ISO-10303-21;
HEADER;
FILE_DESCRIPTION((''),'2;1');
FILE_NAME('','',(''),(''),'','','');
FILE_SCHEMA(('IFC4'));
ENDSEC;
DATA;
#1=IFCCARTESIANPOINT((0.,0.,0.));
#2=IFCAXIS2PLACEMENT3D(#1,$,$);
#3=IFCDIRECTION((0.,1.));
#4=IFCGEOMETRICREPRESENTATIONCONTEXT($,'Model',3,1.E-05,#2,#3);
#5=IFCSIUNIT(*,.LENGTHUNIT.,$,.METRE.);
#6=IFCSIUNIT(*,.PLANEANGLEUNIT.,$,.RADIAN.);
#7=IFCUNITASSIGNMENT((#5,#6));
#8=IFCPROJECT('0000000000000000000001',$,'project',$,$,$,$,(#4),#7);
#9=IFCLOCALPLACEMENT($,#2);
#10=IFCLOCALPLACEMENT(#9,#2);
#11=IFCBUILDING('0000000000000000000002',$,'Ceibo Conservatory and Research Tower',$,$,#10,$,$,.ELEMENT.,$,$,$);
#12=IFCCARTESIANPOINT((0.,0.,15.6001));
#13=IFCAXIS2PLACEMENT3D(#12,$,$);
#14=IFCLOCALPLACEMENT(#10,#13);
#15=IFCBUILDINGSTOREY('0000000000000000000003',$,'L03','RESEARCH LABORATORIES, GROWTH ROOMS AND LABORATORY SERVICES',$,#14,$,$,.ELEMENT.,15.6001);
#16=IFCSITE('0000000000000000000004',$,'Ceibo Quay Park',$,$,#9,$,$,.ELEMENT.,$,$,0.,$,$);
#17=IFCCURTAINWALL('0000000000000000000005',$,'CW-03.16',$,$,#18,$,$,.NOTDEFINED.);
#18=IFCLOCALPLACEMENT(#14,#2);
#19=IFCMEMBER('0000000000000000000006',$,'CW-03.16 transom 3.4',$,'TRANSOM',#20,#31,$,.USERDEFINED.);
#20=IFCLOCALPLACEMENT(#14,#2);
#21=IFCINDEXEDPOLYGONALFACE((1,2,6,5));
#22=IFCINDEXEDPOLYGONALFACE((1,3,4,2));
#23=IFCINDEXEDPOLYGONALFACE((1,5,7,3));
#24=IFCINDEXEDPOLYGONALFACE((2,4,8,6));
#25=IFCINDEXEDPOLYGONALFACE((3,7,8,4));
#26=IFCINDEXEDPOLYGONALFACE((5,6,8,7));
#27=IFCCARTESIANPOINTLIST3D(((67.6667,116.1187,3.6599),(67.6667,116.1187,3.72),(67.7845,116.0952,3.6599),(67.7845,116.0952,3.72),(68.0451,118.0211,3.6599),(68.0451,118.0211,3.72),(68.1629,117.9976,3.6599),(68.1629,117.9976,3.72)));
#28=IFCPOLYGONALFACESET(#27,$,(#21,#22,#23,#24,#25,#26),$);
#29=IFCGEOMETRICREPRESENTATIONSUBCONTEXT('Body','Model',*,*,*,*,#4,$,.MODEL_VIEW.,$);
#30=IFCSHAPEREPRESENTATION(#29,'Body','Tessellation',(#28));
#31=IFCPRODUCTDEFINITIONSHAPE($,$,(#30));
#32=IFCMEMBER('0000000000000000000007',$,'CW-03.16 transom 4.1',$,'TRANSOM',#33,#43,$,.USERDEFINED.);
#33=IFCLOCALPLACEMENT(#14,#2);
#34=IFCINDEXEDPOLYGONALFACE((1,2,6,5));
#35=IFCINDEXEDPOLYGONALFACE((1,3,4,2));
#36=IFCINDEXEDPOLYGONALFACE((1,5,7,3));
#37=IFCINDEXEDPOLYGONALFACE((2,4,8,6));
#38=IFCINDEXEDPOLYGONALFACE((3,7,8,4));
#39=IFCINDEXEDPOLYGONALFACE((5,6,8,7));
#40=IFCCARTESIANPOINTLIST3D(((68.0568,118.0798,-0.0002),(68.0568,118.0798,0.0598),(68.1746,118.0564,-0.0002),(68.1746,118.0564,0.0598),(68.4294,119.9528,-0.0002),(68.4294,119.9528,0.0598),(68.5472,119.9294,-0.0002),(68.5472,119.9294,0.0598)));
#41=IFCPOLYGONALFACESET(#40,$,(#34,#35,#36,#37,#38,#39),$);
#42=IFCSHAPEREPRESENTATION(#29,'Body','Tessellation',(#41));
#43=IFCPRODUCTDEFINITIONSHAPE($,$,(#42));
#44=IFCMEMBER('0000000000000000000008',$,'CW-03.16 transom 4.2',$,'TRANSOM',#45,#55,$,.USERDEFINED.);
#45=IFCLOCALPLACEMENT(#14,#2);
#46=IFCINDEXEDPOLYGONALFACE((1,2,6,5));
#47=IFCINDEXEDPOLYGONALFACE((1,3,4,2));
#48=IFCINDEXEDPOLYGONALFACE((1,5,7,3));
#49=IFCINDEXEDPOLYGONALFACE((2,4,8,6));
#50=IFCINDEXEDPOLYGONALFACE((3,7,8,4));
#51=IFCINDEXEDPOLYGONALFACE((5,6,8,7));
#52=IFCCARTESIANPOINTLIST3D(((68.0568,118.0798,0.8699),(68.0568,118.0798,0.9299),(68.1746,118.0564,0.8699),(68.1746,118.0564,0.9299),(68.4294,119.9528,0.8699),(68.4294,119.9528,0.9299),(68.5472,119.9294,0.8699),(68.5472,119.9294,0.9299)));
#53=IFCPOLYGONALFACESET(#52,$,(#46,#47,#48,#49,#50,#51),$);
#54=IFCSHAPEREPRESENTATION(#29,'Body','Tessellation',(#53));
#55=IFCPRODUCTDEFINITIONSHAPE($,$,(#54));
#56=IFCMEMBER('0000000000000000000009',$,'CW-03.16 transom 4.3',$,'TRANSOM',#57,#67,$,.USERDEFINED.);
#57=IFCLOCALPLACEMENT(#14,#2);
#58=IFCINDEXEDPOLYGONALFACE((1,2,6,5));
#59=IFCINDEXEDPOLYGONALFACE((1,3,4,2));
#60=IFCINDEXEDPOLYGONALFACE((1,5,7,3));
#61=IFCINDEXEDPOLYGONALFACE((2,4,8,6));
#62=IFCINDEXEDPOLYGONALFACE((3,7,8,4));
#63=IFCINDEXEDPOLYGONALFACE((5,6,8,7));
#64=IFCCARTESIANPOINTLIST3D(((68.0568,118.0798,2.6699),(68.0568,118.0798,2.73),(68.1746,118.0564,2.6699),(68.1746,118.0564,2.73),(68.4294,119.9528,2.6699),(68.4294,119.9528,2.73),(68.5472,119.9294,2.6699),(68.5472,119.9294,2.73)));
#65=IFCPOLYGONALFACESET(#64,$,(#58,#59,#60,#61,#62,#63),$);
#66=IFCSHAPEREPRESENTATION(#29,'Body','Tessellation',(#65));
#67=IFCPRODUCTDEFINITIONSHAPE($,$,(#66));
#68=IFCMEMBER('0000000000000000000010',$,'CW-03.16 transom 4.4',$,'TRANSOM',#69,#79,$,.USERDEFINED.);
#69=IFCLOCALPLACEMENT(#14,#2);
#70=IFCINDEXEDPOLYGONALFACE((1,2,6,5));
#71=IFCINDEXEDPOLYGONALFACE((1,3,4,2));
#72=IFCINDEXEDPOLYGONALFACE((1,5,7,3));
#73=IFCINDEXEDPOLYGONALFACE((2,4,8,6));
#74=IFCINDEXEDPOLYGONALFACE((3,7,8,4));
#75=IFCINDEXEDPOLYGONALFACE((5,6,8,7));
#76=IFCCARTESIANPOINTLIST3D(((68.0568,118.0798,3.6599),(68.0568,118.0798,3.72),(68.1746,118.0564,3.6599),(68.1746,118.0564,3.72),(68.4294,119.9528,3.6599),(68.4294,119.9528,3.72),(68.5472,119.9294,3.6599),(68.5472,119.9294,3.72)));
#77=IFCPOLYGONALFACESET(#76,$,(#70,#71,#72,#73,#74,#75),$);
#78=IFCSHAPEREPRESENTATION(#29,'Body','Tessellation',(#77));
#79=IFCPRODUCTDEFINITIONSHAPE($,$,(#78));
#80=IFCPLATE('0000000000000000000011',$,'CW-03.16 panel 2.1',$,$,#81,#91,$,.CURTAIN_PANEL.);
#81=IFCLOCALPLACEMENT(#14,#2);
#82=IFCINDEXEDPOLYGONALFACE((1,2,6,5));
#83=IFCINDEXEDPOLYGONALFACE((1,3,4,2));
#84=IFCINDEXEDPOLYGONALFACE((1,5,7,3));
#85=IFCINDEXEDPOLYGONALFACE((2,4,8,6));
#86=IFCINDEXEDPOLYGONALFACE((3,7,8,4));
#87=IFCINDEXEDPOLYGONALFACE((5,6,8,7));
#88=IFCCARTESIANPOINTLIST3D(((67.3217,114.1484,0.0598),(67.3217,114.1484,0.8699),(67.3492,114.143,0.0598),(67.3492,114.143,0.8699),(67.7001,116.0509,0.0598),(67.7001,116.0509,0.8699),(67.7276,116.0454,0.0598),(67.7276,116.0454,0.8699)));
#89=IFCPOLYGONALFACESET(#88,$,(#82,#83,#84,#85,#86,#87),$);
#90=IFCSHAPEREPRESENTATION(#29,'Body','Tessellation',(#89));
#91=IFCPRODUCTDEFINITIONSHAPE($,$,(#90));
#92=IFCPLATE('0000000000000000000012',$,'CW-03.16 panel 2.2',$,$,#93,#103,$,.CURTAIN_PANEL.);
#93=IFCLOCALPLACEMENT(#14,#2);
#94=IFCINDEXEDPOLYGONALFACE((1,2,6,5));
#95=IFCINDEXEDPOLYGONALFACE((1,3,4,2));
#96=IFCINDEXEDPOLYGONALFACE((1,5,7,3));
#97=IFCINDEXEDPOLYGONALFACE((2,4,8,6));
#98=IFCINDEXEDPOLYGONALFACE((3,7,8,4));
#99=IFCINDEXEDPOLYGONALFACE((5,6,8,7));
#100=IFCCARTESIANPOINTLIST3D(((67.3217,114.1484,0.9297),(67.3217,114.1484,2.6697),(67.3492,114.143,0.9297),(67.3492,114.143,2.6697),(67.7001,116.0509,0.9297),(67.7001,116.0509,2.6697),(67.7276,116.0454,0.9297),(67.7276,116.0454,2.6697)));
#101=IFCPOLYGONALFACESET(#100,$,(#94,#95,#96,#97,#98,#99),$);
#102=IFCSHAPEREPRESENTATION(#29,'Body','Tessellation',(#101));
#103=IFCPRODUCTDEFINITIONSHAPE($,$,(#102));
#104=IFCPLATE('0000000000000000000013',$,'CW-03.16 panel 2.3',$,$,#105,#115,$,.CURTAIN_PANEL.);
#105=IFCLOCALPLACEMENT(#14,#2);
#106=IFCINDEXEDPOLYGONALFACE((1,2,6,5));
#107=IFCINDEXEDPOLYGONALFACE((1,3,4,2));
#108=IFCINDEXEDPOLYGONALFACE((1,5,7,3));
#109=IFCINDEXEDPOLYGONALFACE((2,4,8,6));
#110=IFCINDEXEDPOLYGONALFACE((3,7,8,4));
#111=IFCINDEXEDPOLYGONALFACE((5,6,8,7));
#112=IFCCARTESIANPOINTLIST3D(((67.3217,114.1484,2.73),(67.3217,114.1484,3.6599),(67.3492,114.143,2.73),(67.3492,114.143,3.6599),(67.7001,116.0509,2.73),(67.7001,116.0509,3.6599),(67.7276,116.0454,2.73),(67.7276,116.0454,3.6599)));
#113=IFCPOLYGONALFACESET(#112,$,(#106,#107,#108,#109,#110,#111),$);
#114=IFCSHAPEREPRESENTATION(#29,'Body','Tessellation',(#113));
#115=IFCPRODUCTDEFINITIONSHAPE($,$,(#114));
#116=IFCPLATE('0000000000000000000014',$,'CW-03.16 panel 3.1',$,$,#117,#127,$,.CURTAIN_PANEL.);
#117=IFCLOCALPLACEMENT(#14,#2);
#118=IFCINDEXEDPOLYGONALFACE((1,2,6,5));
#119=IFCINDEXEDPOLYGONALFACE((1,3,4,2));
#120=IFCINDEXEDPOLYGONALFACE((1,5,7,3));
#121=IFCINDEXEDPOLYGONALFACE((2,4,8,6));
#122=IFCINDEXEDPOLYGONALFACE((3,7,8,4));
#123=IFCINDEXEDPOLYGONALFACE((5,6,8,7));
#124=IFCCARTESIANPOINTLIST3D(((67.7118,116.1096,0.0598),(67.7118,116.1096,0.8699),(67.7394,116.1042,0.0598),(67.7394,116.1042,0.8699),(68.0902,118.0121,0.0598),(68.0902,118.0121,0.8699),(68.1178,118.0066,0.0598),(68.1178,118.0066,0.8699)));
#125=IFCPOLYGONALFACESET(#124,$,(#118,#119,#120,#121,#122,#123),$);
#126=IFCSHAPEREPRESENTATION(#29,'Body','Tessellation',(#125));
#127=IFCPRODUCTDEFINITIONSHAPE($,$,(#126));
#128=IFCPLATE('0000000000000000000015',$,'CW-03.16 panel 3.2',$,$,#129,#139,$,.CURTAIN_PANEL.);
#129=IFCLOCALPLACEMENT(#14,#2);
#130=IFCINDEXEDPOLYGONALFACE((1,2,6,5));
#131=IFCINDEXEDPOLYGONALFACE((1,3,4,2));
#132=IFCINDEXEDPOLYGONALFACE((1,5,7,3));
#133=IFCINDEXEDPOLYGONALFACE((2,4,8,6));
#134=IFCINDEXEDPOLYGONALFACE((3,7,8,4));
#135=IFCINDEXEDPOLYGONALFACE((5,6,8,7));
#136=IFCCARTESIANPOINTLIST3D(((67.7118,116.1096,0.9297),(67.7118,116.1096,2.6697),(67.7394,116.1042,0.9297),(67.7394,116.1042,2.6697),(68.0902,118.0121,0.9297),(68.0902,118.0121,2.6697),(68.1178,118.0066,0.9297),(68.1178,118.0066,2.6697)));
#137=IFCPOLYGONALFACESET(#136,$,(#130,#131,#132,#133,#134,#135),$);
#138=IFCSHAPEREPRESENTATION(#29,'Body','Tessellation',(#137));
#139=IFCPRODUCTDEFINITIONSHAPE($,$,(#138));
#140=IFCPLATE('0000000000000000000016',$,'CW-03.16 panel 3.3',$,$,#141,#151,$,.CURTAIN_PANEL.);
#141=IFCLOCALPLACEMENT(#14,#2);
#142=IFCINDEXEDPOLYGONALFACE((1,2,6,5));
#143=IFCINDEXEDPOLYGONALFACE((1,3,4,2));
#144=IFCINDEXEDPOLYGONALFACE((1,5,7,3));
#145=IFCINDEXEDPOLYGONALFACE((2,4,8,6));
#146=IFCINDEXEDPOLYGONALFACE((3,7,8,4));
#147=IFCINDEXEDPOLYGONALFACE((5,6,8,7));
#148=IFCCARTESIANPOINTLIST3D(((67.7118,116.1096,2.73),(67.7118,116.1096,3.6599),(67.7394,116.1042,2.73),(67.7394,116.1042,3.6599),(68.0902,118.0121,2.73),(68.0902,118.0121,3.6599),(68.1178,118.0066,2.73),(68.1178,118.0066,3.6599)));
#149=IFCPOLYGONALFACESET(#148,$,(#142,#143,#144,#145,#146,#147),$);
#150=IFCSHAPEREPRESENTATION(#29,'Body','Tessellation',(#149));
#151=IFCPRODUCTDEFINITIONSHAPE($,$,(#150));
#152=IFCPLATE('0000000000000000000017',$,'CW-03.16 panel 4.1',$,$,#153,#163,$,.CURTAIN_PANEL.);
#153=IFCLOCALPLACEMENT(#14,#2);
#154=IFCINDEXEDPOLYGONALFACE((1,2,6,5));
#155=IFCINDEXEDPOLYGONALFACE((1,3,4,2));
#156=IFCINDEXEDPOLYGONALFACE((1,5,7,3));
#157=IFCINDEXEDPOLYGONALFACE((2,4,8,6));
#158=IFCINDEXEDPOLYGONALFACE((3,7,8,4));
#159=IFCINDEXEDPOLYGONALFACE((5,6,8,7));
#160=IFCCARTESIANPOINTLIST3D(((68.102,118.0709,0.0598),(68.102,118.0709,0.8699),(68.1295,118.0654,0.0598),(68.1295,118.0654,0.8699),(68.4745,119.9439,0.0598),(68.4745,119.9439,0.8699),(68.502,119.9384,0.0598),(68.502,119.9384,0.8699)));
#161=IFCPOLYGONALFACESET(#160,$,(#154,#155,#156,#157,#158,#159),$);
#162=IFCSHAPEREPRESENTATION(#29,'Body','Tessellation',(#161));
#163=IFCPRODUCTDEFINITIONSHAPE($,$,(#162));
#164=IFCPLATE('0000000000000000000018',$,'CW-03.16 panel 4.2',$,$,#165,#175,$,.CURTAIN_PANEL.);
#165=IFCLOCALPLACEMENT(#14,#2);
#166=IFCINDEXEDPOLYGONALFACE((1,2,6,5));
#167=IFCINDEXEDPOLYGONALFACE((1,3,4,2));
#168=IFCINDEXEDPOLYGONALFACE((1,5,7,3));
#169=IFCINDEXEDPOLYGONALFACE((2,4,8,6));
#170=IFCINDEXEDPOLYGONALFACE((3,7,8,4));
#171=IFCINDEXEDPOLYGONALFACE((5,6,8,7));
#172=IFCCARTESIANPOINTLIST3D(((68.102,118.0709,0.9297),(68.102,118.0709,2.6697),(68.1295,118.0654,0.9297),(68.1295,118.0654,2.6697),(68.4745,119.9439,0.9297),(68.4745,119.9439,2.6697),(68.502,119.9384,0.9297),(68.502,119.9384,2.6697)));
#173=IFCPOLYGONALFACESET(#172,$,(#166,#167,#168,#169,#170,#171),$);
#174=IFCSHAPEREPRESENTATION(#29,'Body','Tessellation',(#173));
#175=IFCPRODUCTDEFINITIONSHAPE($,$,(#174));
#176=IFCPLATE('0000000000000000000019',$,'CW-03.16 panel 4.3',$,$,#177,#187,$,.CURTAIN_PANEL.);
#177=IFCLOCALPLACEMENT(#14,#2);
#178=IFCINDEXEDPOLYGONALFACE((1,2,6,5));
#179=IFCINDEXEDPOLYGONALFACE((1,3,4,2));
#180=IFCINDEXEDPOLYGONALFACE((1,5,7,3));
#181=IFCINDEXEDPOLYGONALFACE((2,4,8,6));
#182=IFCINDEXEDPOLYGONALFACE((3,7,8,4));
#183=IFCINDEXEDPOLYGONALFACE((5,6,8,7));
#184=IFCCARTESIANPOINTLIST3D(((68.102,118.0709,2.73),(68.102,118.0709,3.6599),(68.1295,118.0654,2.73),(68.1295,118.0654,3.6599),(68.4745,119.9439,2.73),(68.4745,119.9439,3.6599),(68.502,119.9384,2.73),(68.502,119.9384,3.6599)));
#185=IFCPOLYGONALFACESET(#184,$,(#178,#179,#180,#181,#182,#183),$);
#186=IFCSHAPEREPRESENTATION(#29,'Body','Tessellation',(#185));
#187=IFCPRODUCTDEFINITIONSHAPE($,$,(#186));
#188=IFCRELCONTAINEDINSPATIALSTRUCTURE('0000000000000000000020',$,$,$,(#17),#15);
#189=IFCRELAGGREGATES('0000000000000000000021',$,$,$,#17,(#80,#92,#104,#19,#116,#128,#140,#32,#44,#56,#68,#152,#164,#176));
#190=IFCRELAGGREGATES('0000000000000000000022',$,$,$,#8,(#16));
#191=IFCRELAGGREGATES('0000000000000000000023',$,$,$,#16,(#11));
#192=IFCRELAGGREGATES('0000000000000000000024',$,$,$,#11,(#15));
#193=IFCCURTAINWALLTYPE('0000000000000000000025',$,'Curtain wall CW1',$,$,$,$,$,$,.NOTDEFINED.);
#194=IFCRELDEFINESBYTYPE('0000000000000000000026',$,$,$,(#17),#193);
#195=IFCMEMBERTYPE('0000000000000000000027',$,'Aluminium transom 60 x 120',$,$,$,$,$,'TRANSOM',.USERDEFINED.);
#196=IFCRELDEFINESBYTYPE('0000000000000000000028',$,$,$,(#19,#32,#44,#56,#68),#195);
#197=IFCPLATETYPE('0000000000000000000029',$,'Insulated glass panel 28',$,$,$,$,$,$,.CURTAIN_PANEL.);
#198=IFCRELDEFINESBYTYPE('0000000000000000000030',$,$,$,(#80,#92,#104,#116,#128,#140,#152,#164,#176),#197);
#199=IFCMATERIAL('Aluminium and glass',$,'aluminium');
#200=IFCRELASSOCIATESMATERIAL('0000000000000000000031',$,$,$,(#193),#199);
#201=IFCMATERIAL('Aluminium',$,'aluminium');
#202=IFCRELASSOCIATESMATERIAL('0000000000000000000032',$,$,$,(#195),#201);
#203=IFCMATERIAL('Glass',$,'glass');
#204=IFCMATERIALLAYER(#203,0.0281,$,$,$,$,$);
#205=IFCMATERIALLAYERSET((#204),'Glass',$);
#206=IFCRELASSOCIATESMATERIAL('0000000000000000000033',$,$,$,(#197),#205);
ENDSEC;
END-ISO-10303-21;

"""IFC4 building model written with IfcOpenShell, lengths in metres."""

from ifc_helpers import new_model, si_unit, direction, frame, origin, origin_2d, place, context, subcontext, project, spatial, rectangle, extrude, material, layer, layer_set, material_profile, profile_set, type_object, element, aggregate, save


model = new_model("IFC4")

# Units and contexts
model_context = context("Model", 3, precision=1e-05, world=origin(), true_north=direction((0.0, 1.0)))
body_context = subcontext(model_context, "Body", "Model", "MODEL_VIEW")
ifc_project = project(units=[si_unit("LENGTHUNIT", "METRE"), si_unit("PLANEANGLEUNIT", "RADIAN")], contexts=[model_context])

# Site, building, storey
site_placement = place(None, origin())
site = spatial("IfcSite", under=ifc_project, at=site_placement, Name="Ceibo Quay Park", CompositionType="ELEMENT", RefElevation=0.0)
building_placement = place(site_placement, origin())
building = spatial("IfcBuilding", under=site, at=building_placement, Name="Ceibo Conservatory and Research Tower", CompositionType="ELEMENT")
storey_placement = place(building_placement, frame((0.0, 0.0, 15.6001)))
storey = spatial("IfcBuildingStorey", under=building, at=storey_placement, Name="L03", Description="RESEARCH LABORATORIES, GROWTH ROOMS AND LABORATORY SERVICES", CompositionType="ELEMENT", Elevation=15.6001)

# Shared definitions
ifc_material_1 = material(Name="Aluminium and glass", Category="aluminium")
curtain_wall_type = type_object("IfcCurtainWallType", Name="Curtain wall CW1", PredefinedType="NOTDEFINED", material=ifc_material_1)
ifc_material_2 = material(Name="Aluminium", Category="aluminium")

# Curtain wall
curtain_wall_1_placement = place(storey_placement, origin())
curtain_wall_1 = element("IfcCurtainWall", 1, at=curtain_wall_1_placement, inside=storey, type_object=curtain_wall_type, Name="CW-03.16", PredefinedType="NOTDEFINED")

# Members
ifc_material_profile_1 = material_profile(ifc_material_2, rectangle(XDim=0.1201, YDim=0.0601, at=origin_2d()), Name="Aluminium 60 x 120")
ifc_profile_set_1 = profile_set([ifc_material_profile_1], Name="Aluminium")
member_type_1 = type_object("IfcMemberType", Name="Aluminium transom 60 x 120", ElementType="TRANSOM", PredefinedType="USERDEFINED", material=ifc_profile_set_1)
member_1_placement = place(storey_placement, frame((67.7256, 116.1069, 3.6899), z_axis=(0.195099, 0.980783, 0.0), x_axis=(-0.980783, 0.195099, 0.0)))
member_1 = element("IfcMember", 2, at=member_1_placement, type_object=member_type_1, Name="CW-03.16 transom 3.4", ObjectType="TRANSOM", PredefinedType="USERDEFINED", context=body_context, shape_type="SweptSolid", body=[
    extrude(rectangle(XDim=0.1201, YDim=0.0601, at=origin_2d()), origin(), (0.0, 0.0, 1.0), 1.9397),
])
member_2_placement = place(storey_placement, frame((68.1157, 118.0681, 0.0298), z_axis=(0.195083, 0.980787, 0.0), x_axis=(-0.980787, 0.195083, 0.0)))
member_2 = element("IfcMember", 3, at=member_2_placement, type_object=member_type_1, Name="CW-03.16 transom 4.1", ObjectType="TRANSOM", PredefinedType="USERDEFINED", context=body_context, shape_type="SweptSolid", body=[
    extrude(rectangle(XDim=0.1201, YDim=0.0601, at=origin_2d()), origin(), (0.0, 0.0, 1.0), 1.9097),
])
member_3_placement = place(storey_placement, frame((68.1157, 118.0681, 0.8999), z_axis=(0.195083, 0.980787, 0.0), x_axis=(-0.980787, 0.195083, 0.0)))
member_3 = element("IfcMember", 4, at=member_3_placement, type_object=member_type_1, Name="CW-03.16 transom 4.2", ObjectType="TRANSOM", PredefinedType="USERDEFINED", context=body_context, shape_type="SweptSolid", body=[
    extrude(rectangle(XDim=0.1201, YDim=0.0601, at=origin_2d()), origin(), (0.0, 0.0, 1.0), 1.9097),
])
member_4_placement = place(storey_placement, frame((68.1157, 118.0681, 2.7), z_axis=(0.195083, 0.980787, 0.0), x_axis=(-0.980787, 0.195083, 0.0)))
member_4 = element("IfcMember", 5, at=member_4_placement, type_object=member_type_1, Name="CW-03.16 transom 4.3", ObjectType="TRANSOM", PredefinedType="USERDEFINED", context=body_context, shape_type="SweptSolid", body=[
    extrude(rectangle(XDim=0.1201, YDim=0.0601, at=origin_2d()), origin(), (0.0, 0.0, 1.0), 1.9097),
])
member_5_placement = place(storey_placement, frame((68.1157, 118.0681, 3.6899), z_axis=(0.195083, 0.980787, 0.0), x_axis=(-0.980787, 0.195083, 0.0)))
member_5 = element("IfcMember", 6, at=member_5_placement, type_object=member_type_1, Name="CW-03.16 transom 4.4", ObjectType="TRANSOM", PredefinedType="USERDEFINED", context=body_context, shape_type="SweptSolid", body=[
    extrude(rectangle(XDim=0.1201, YDim=0.0601, at=origin_2d()), origin(), (0.0, 0.0, 1.0), 1.9097),
])

# Plates
ifc_material_3 = material(Name="Glass", Category="glass")
ifc_layer_1 = layer(ifc_material_3, 0.0281)
ifc_layer_set_1 = layer_set([ifc_layer_1], Name="Glass")
plate_type = type_object("IfcPlateType", Name="Insulated glass panel 28", PredefinedType="CURTAIN_PANEL", material=ifc_layer_set_1)
plate_1_placement = place(storey_placement, frame((67.5247, 115.0969, 0.0598), z_axis=(0.0, 0.0, 1.0), x_axis=(0.19509, 0.980785, 0.0)))
plate_1 = element("IfcPlate", 7, at=plate_1_placement, type_object=plate_type, Name="CW-03.16 panel 2.1", PredefinedType="CURTAIN_PANEL", context=body_context, shape_type="SweptSolid", body=[
    extrude(rectangle(XDim=1.9397, YDim=0.0281, at=origin_2d()), origin(), (0.0, 0.0, 1.0), 0.8101),
])
plate_2_placement = place(storey_placement, frame((67.5247, 115.0969, 0.9297), z_axis=(0.0, 0.0, 1.0), x_axis=(0.19509, 0.980785, 0.0)))
plate_2 = element("IfcPlate", 8, at=plate_2_placement, type_object=plate_type, Name="CW-03.16 panel 2.2", PredefinedType="CURTAIN_PANEL", context=body_context, shape_type="SweptSolid", body=[
    extrude(rectangle(XDim=1.9397, YDim=0.0281, at=origin_2d()), origin(), (0.0, 0.0, 1.0), 1.74),
])
plate_3_placement = place(storey_placement, frame((67.5247, 115.0969, 2.73), z_axis=(0.0, 0.0, 1.0), x_axis=(0.19509, 0.980785, 0.0)))
plate_3 = element("IfcPlate", 9, at=plate_3_placement, type_object=plate_type, Name="CW-03.16 panel 2.3", PredefinedType="CURTAIN_PANEL", context=body_context, shape_type="SweptSolid", body=[
    extrude(rectangle(XDim=1.9397, YDim=0.0281, at=origin_2d()), origin(), (0.0, 0.0, 1.0), 0.9299),
])
plate_4_placement = place(storey_placement, frame((67.9148, 117.0581, 0.0598), z_axis=(0.0, 0.0, 1.0), x_axis=(0.19509, 0.980785, 0.0)))
plate_4 = element("IfcPlate", 10, at=plate_4_placement, type_object=plate_type, Name="CW-03.16 panel 3.1", PredefinedType="CURTAIN_PANEL", context=body_context, shape_type="SweptSolid", body=[
    extrude(rectangle(XDim=1.9397, YDim=0.0281, at=origin_2d()), origin(), (0.0, 0.0, 1.0), 0.8101),
])
plate_5_placement = place(storey_placement, frame((67.9148, 117.0581, 0.9297), z_axis=(0.0, 0.0, 1.0), x_axis=(0.19509, 0.980785, 0.0)))
plate_5 = element("IfcPlate", 11, at=plate_5_placement, type_object=plate_type, Name="CW-03.16 panel 3.2", PredefinedType="CURTAIN_PANEL", context=body_context, shape_type="SweptSolid", body=[
    extrude(rectangle(XDim=1.9397, YDim=0.0281, at=origin_2d()), origin(), (0.0, 0.0, 1.0), 1.74),
])
plate_6_placement = place(storey_placement, frame((67.9148, 117.0581, 2.73), z_axis=(0.0, 0.0, 1.0), x_axis=(0.19509, 0.980785, 0.0)))
plate_6 = element("IfcPlate", 12, at=plate_6_placement, type_object=plate_type, Name="CW-03.16 panel 3.3", PredefinedType="CURTAIN_PANEL", context=body_context, shape_type="SweptSolid", body=[
    extrude(rectangle(XDim=1.9397, YDim=0.0281, at=origin_2d()), origin(), (0.0, 0.0, 1.0), 0.9299),
])
plate_7_placement = place(storey_placement, frame((68.302, 119.0046, 0.0598), z_axis=(0.0, 0.0, 1.0), x_axis=(0.19509, 0.980785, 0.0)))
plate_7 = element("IfcPlate", 13, at=plate_7_placement, type_object=plate_type, Name="CW-03.16 panel 4.1", PredefinedType="CURTAIN_PANEL", context=body_context, shape_type="SweptSolid", body=[
    extrude(rectangle(XDim=1.9097, YDim=0.0281, at=origin_2d()), origin(), (0.0, 0.0, 1.0), 0.8101),
])
plate_8_placement = place(storey_placement, frame((68.302, 119.0046, 0.9297), z_axis=(0.0, 0.0, 1.0), x_axis=(0.19509, 0.980785, 0.0)))
plate_8 = element("IfcPlate", 14, at=plate_8_placement, type_object=plate_type, Name="CW-03.16 panel 4.2", PredefinedType="CURTAIN_PANEL", context=body_context, shape_type="SweptSolid", body=[
    extrude(rectangle(XDim=1.9097, YDim=0.0281, at=origin_2d()), origin(), (0.0, 0.0, 1.0), 1.74),
])
plate_9_placement = place(storey_placement, frame((68.302, 119.0046, 2.73), z_axis=(0.0, 0.0, 1.0), x_axis=(0.19509, 0.980785, 0.0)))
plate_9 = element("IfcPlate", 15, at=plate_9_placement, type_object=plate_type, Name="CW-03.16 panel 4.3", PredefinedType="CURTAIN_PANEL", context=body_context, shape_type="SweptSolid", body=[
    extrude(rectangle(XDim=1.9097, YDim=0.0281, at=origin_2d()), origin(), (0.0, 0.0, 1.0), 0.9299),
])
aggregate(curtain_wall_1, [plate_1, plate_2, plate_3, member_1, plate_4, plate_5, plate_6, member_2, member_3, member_4, member_5, plate_7, plate_8, plate_9])

save(model, "model.ifc")
